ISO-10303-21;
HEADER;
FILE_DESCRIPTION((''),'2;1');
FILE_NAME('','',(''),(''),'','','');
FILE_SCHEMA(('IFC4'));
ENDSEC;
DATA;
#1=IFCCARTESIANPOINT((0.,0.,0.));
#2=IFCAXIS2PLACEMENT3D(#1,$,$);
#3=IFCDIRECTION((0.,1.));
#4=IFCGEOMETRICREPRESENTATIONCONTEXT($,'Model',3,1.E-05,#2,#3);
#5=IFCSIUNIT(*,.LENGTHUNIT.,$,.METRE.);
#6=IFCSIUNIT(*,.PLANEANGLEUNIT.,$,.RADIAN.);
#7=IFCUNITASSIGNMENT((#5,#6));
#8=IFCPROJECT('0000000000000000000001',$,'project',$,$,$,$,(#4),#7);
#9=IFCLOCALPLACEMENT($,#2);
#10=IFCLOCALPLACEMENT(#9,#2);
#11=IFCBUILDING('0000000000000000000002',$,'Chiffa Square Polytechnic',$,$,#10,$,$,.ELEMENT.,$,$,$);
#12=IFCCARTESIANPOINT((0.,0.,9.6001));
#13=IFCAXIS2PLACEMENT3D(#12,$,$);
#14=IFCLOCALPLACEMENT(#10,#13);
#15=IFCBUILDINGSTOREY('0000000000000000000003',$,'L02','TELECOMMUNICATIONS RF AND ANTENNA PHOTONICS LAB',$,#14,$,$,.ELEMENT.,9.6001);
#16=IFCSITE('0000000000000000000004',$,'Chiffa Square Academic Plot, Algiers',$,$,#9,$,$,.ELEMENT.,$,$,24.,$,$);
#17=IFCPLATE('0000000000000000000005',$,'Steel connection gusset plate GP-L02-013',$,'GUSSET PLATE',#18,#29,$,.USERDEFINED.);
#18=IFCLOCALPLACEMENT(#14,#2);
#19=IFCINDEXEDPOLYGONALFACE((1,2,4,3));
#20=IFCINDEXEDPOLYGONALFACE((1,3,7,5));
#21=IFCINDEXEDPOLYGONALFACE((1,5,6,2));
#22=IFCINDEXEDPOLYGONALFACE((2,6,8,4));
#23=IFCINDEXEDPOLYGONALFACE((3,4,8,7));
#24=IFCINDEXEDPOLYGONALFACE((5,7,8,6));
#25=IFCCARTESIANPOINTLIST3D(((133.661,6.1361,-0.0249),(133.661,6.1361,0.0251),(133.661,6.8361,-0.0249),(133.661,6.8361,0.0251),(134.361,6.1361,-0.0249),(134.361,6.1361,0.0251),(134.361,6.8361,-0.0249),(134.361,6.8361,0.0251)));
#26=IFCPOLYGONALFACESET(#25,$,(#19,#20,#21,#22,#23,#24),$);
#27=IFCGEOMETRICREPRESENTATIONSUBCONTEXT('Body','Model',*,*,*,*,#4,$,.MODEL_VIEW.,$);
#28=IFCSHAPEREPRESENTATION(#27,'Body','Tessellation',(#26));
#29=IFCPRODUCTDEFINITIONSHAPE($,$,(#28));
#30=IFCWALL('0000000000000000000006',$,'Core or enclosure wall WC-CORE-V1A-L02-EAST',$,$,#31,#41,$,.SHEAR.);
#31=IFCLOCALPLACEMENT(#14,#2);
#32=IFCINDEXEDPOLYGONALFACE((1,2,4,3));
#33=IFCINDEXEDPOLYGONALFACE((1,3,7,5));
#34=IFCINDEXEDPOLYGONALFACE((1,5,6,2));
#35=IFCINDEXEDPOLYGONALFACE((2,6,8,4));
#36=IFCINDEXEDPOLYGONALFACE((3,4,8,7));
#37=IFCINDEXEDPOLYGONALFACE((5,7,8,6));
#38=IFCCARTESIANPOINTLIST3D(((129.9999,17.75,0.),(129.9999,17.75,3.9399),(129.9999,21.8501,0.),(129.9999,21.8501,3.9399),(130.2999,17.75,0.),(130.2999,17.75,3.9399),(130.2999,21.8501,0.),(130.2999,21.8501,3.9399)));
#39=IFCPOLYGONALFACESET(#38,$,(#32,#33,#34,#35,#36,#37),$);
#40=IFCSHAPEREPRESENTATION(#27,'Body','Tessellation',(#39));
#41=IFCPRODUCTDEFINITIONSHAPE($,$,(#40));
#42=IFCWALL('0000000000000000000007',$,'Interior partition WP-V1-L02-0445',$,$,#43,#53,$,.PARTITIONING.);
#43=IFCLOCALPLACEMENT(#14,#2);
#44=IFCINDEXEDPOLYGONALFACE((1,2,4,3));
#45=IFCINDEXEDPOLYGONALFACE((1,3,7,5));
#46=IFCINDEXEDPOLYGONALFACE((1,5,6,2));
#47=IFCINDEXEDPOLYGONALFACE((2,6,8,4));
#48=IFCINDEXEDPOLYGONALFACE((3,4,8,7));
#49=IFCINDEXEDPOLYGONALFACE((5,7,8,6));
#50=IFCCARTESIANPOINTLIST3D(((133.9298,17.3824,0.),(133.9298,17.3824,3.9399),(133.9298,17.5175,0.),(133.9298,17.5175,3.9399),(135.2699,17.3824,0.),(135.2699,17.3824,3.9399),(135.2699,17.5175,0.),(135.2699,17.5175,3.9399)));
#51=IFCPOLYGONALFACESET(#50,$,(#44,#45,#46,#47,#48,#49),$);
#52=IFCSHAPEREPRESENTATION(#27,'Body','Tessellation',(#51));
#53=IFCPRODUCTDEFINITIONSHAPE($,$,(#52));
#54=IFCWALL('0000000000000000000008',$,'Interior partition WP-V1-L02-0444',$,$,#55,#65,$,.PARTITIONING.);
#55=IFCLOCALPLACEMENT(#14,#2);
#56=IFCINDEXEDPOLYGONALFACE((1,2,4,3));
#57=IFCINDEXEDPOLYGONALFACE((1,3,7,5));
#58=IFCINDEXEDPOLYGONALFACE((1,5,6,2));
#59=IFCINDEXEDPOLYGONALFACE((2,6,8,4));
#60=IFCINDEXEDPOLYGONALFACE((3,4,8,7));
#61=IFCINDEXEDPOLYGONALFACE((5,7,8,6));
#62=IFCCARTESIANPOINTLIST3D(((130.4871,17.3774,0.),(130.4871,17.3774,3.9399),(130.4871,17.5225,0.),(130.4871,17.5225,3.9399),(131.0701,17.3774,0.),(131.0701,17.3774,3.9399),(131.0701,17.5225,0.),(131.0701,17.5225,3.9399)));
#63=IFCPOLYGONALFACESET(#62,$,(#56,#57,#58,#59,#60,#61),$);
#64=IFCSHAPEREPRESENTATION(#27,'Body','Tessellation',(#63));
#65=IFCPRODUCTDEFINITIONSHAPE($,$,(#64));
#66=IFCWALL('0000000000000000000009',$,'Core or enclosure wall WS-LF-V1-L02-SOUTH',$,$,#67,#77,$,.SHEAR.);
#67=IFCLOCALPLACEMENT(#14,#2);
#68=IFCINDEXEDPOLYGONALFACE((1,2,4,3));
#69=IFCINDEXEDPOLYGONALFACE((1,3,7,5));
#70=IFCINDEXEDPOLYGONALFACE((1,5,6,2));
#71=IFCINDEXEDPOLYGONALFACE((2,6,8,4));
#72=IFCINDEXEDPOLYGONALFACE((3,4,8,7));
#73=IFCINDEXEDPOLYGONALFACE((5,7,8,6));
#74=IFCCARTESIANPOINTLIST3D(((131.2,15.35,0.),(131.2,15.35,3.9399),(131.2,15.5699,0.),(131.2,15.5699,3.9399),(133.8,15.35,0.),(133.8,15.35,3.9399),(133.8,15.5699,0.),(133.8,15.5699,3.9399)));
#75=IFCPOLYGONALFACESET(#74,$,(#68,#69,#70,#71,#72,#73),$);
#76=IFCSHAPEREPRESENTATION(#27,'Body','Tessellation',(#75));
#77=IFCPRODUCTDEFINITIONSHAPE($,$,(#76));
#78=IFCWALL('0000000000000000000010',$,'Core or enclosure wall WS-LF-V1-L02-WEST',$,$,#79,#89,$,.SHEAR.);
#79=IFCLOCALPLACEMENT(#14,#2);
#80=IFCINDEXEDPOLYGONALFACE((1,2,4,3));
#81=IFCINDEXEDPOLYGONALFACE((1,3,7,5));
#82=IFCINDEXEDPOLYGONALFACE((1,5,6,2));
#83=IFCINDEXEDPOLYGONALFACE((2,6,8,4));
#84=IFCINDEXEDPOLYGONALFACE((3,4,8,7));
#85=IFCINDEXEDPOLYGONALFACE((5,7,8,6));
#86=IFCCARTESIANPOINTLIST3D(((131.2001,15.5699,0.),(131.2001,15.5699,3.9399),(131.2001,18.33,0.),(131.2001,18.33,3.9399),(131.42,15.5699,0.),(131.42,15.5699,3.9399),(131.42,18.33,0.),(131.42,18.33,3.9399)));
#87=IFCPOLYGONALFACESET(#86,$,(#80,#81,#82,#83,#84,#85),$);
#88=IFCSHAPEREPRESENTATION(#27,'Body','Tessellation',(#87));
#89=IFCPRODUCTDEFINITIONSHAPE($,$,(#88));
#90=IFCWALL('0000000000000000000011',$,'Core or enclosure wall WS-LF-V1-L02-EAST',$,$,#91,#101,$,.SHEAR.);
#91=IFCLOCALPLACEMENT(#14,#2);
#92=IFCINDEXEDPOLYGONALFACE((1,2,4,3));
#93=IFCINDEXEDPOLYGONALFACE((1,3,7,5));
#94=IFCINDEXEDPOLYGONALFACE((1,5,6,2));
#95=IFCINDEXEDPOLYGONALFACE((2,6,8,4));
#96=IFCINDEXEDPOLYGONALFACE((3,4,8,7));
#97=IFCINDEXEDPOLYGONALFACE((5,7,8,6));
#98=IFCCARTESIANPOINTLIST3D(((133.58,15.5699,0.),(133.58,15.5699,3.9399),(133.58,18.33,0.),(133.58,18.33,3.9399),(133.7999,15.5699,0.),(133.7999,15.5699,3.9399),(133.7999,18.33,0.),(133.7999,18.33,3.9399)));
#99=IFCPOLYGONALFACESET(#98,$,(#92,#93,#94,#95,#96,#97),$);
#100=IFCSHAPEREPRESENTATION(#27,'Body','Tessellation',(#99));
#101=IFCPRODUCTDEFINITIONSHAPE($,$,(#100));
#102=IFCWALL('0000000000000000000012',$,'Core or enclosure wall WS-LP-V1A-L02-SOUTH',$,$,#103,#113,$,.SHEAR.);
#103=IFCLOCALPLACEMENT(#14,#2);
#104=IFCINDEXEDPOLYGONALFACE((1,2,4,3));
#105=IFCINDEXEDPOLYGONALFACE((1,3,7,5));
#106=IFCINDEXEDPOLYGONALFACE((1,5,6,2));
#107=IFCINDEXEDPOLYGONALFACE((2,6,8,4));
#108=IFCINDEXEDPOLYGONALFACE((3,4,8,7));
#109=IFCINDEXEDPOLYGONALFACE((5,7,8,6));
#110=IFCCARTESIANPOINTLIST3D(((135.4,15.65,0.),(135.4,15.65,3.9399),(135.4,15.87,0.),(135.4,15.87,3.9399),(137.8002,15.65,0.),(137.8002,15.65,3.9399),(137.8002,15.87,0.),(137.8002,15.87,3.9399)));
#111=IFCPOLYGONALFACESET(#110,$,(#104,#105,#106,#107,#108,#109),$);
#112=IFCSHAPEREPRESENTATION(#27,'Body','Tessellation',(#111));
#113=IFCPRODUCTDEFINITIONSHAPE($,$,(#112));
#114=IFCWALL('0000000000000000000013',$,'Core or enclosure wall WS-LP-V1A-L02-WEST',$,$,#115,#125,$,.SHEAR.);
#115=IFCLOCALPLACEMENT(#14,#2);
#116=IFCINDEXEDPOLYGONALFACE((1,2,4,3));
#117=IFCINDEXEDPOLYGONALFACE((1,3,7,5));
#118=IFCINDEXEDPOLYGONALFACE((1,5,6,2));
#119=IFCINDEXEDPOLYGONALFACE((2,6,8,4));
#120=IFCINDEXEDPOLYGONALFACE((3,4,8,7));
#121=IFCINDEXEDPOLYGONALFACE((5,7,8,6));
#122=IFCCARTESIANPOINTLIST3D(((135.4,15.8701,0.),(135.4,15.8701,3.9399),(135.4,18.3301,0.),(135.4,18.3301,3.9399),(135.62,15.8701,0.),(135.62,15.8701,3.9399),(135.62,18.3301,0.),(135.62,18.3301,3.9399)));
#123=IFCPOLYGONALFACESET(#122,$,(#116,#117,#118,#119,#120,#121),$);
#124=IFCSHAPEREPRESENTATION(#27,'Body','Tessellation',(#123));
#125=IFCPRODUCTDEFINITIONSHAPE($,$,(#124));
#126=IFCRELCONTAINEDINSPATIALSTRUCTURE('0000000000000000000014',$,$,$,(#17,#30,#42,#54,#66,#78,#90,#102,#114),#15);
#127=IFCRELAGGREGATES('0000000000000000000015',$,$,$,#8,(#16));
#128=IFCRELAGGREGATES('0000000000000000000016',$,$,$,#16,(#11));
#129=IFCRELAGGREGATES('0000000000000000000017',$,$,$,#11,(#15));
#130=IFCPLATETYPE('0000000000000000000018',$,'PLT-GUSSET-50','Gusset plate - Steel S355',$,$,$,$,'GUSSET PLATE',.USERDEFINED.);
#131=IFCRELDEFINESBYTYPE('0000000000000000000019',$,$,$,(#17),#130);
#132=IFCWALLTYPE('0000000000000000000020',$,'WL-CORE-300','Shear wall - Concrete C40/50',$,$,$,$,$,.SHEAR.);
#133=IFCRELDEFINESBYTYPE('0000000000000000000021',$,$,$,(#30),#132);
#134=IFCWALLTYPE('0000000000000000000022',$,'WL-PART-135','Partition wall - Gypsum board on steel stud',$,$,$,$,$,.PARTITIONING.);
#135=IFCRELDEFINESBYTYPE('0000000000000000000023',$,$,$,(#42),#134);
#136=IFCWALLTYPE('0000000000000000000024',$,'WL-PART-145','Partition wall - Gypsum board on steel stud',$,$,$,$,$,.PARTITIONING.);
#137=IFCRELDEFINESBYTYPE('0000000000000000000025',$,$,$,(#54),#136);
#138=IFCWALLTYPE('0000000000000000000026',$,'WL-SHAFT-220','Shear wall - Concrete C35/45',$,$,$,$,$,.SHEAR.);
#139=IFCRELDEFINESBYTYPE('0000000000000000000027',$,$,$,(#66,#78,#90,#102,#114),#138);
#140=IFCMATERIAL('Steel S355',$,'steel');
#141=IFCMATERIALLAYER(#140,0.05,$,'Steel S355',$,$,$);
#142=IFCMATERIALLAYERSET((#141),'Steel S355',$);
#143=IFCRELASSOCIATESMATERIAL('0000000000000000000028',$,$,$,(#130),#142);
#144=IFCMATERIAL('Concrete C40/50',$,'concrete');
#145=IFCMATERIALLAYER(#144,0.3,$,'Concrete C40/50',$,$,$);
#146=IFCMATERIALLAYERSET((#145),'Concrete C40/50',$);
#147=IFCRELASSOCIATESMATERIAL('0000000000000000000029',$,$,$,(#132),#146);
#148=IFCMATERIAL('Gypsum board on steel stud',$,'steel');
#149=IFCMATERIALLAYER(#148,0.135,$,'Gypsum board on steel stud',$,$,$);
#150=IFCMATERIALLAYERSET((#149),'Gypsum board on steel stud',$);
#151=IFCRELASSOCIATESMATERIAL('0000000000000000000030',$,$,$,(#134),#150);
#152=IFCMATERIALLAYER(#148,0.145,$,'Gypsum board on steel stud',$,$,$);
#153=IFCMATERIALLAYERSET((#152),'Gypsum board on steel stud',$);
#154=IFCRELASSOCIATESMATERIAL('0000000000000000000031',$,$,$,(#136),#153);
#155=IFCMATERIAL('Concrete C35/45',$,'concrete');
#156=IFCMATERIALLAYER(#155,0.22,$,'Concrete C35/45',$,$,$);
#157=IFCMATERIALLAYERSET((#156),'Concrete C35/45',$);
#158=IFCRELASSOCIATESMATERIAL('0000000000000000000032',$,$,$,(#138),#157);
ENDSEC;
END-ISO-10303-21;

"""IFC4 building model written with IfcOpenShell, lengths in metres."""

from ifc_helpers import new_model, si_unit, direction, frame, frame_2d, origin, origin_2d, place, context, subcontext, project, spatial, rectangle, extrude, material, layer, layer_set, type_object, element, save


model = new_model("IFC4")

# Units and contexts
model_context = context("Model", 3, precision=1e-05, world=origin(), true_north=direction((0.0, 1.0)))
body_context = subcontext(model_context, "Body", "Model", "MODEL_VIEW")
ifc_project = project(units=[si_unit("LENGTHUNIT", "METRE"), si_unit("PLANEANGLEUNIT", "RADIAN")], contexts=[model_context])

# Site, building, storey
site_placement = place(None, origin())
site = spatial("IfcSite", under=ifc_project, at=site_placement, Name="Chiffa Square Academic Plot, Algiers", CompositionType="ELEMENT", RefElevation=24.0)
building_placement = place(site_placement, origin())
building = spatial("IfcBuilding", under=site, at=building_placement, Name="Chiffa Square Polytechnic", CompositionType="ELEMENT")
storey_placement = place(building_placement, frame((0.0, 0.0, 9.6001)))
storey = spatial("IfcBuildingStorey", under=building, at=storey_placement, Name="L02", Description="TELECOMMUNICATIONS RF AND ANTENNA PHOTONICS LAB", CompositionType="ELEMENT", Elevation=9.6001)

# Shared definitions
ifc_material_1 = material(Name="Concrete C40/50", Category="concrete")

# Shared definitions
ifc_material_2 = material(Name="Steel S355", Category="steel")

# Plate
ifc_layer_1 = layer(ifc_material_2, 0.05, Name="Steel S355")
ifc_layer_set_1 = layer_set([ifc_layer_1], Name="Steel S355")
plate_type_1 = type_object("IfcPlateType", Name="PLT-GUSSET-50", Description="Gusset plate - Steel S355", ElementType="GUSSET PLATE", PredefinedType="USERDEFINED", material=ifc_layer_set_1)
plate_1_placement = place(storey_placement, frame((134.011, 6.4861, -0.0249), z_axis=(0.0, 0.0, 1.0), x_axis=(1.0, 0.0, 0.0)))
element("IfcPlate", 1, at=plate_1_placement, inside=storey, type_object=plate_type_1, Name="Steel connection gusset plate GP-L02-013", ObjectType="GUSSET PLATE", PredefinedType="USERDEFINED", context=body_context, shape_type="SweptSolid", body=[
    extrude(rectangle(XDim=0.7, YDim=0.7, at=origin_2d()), origin(), (0.0, 0.0, 1.0), 0.05),
])

# Walls
ifc_layer_2 = layer(ifc_material_1, 0.3, Name="Concrete C40/50")
ifc_layer_set_2 = layer_set([ifc_layer_2], Name="Concrete C40/50")
wall_type_1 = type_object("IfcWallType", Name="WL-CORE-300", Description="Shear wall - Concrete C40/50", PredefinedType="SHEAR", material=ifc_layer_set_2)
wall_1_placement = place(storey_placement, frame((130.1499, 17.75, 0.0), z_axis=(0.0, 0.0, 1.0), x_axis=(0.0, 1.0, 0.0)))
element("IfcWall", 2, at=wall_1_placement, inside=storey, type_object=wall_type_1, Name="Core or enclosure wall WC-CORE-V1A-L02-EAST", PredefinedType="SHEAR", context=body_context, shape_type="SweptSolid", body=[
    extrude(rectangle(XDim=4.1001, YDim=0.3, at=frame_2d((2.05, 0.0))), origin(), (0.0, 0.0, 1.0), 3.9399),
])
ifc_material_3 = material(Name="Gypsum board on steel stud", Category="steel")
ifc_layer_3 = layer(ifc_material_3, 0.135, Name="Gypsum board on steel stud")
ifc_layer_set_3 = layer_set([ifc_layer_3], Name="Gypsum board on steel stud")
wall_type_2 = type_object("IfcWallType", Name="WL-PART-135", Description="Partition wall - Gypsum board on steel stud", PredefinedType="PARTITIONING", material=ifc_layer_set_3)
wall_2_placement = place(storey_placement, frame((133.9299, 17.45, 0.0), z_axis=(0.0, 0.0, 1.0), x_axis=(1.0, 0.0, 0.0)))
element("IfcWall", 3, at=wall_2_placement, inside=storey, type_object=wall_type_2, Name="Interior partition WP-V1-L02-0445", PredefinedType="PARTITIONING", context=body_context, shape_type="SweptSolid", body=[
    extrude(rectangle(XDim=1.3401, YDim=0.135, at=frame_2d((0.6699, 0.0))), origin(), (0.0, 0.0, 1.0), 3.9399),
])
ifc_layer_4 = layer(ifc_material_3, 0.145, Name="Gypsum board on steel stud")
ifc_layer_set_4 = layer_set([ifc_layer_4], Name="Gypsum board on steel stud")
wall_type_3 = type_object("IfcWallType", Name="WL-PART-145", Description="Partition wall - Gypsum board on steel stud", PredefinedType="PARTITIONING", material=ifc_layer_set_4)
wall_3_placement = place(storey_placement, frame((130.4871, 17.45, 0.0), z_axis=(0.0, 0.0, 1.0), x_axis=(1.0, 0.0, 0.0)))
element("IfcWall", 4, at=wall_3_placement, inside=storey, type_object=wall_type_3, Name="Interior partition WP-V1-L02-0444", PredefinedType="PARTITIONING", context=body_context, shape_type="SweptSolid", body=[
    extrude(rectangle(XDim=0.583, YDim=0.145, at=frame_2d((0.2915, 0.0))), origin(), (0.0, 0.0, 1.0), 3.9399),
])
ifc_material_4 = material(Name="Concrete C35/45", Category="concrete")
ifc_layer_5 = layer(ifc_material_4, 0.22, Name="Concrete C35/45")
ifc_layer_set_5 = layer_set([ifc_layer_5], Name="Concrete C35/45")
wall_type_4 = type_object("IfcWallType", Name="WL-SHAFT-220", Description="Shear wall - Concrete C35/45", PredefinedType="SHEAR", material=ifc_layer_set_5)
wall_4_placement = place(storey_placement, frame((131.2, 15.46, 0.0), z_axis=(0.0, 0.0, 1.0), x_axis=(1.0, 0.0, 0.0)))
element("IfcWall", 5, at=wall_4_placement, inside=storey, type_object=wall_type_4, Name="Core or enclosure wall WS-LF-V1-L02-SOUTH", PredefinedType="SHEAR", context=body_context, shape_type="SweptSolid", body=[
    extrude(rectangle(XDim=2.6001, YDim=0.22, at=frame_2d((1.3, 0.0))), origin(), (0.0, 0.0, 1.0), 3.9399),
])
for number, where, z_axis, x_axis, name in (
    (6, (131.3101, 15.5701, 0.0), (0.0, 0.0, 1.0), (0.0, 1.0, 0.0), "Core or enclosure wall WS-LF-V1-L02-WEST"),
    (7, (133.6899, 15.5701, 0.0), (0.0, 0.0, 1.0), (0.0, 1.0, 0.0), "Core or enclosure wall WS-LF-V1-L02-EAST"),
):
    element("IfcWall", number, at=place(storey_placement, frame(where, z_axis=z_axis, x_axis=x_axis)), inside=storey, type_object=wall_type_4, Name=name, PredefinedType="SHEAR", context=body_context, shape_type="SweptSolid", body=[
        extrude(rectangle(XDim=2.76, YDim=0.22, at=frame_2d((1.3799, 0.0))), origin(), (0.0, 0.0, 1.0), 3.9399),
    ])
wall_5_placement = place(storey_placement, frame((135.3999, 15.76, 0.0), z_axis=(0.0, 0.0, 1.0), x_axis=(1.0, 0.0, 0.0)))
element("IfcWall", 8, at=wall_5_placement, inside=storey, type_object=wall_type_4, Name="Core or enclosure wall WS-LP-V1A-L02-SOUTH", PredefinedType="SHEAR", context=body_context, shape_type="SweptSolid", body=[
    extrude(rectangle(XDim=2.4001, YDim=0.22, at=frame_2d((1.2002, 0.0))), origin(), (0.0, 0.0, 1.0), 3.9399),
])
wall_6_placement = place(storey_placement, frame((135.51, 15.8701, 0.0), z_axis=(0.0, 0.0, 1.0), x_axis=(0.0, 1.0, 0.0)))
element("IfcWall", 9, at=wall_6_placement, inside=storey, type_object=wall_type_4, Name="Core or enclosure wall WS-LP-V1A-L02-WEST", PredefinedType="SHEAR", context=body_context, shape_type="SweptSolid", body=[
    extrude(rectangle(XDim=2.46, YDim=0.22, at=frame_2d((1.23, 0.0))), origin(), (0.0, 0.0, 1.0), 3.9399),
])

save(model, "model.ifc")
